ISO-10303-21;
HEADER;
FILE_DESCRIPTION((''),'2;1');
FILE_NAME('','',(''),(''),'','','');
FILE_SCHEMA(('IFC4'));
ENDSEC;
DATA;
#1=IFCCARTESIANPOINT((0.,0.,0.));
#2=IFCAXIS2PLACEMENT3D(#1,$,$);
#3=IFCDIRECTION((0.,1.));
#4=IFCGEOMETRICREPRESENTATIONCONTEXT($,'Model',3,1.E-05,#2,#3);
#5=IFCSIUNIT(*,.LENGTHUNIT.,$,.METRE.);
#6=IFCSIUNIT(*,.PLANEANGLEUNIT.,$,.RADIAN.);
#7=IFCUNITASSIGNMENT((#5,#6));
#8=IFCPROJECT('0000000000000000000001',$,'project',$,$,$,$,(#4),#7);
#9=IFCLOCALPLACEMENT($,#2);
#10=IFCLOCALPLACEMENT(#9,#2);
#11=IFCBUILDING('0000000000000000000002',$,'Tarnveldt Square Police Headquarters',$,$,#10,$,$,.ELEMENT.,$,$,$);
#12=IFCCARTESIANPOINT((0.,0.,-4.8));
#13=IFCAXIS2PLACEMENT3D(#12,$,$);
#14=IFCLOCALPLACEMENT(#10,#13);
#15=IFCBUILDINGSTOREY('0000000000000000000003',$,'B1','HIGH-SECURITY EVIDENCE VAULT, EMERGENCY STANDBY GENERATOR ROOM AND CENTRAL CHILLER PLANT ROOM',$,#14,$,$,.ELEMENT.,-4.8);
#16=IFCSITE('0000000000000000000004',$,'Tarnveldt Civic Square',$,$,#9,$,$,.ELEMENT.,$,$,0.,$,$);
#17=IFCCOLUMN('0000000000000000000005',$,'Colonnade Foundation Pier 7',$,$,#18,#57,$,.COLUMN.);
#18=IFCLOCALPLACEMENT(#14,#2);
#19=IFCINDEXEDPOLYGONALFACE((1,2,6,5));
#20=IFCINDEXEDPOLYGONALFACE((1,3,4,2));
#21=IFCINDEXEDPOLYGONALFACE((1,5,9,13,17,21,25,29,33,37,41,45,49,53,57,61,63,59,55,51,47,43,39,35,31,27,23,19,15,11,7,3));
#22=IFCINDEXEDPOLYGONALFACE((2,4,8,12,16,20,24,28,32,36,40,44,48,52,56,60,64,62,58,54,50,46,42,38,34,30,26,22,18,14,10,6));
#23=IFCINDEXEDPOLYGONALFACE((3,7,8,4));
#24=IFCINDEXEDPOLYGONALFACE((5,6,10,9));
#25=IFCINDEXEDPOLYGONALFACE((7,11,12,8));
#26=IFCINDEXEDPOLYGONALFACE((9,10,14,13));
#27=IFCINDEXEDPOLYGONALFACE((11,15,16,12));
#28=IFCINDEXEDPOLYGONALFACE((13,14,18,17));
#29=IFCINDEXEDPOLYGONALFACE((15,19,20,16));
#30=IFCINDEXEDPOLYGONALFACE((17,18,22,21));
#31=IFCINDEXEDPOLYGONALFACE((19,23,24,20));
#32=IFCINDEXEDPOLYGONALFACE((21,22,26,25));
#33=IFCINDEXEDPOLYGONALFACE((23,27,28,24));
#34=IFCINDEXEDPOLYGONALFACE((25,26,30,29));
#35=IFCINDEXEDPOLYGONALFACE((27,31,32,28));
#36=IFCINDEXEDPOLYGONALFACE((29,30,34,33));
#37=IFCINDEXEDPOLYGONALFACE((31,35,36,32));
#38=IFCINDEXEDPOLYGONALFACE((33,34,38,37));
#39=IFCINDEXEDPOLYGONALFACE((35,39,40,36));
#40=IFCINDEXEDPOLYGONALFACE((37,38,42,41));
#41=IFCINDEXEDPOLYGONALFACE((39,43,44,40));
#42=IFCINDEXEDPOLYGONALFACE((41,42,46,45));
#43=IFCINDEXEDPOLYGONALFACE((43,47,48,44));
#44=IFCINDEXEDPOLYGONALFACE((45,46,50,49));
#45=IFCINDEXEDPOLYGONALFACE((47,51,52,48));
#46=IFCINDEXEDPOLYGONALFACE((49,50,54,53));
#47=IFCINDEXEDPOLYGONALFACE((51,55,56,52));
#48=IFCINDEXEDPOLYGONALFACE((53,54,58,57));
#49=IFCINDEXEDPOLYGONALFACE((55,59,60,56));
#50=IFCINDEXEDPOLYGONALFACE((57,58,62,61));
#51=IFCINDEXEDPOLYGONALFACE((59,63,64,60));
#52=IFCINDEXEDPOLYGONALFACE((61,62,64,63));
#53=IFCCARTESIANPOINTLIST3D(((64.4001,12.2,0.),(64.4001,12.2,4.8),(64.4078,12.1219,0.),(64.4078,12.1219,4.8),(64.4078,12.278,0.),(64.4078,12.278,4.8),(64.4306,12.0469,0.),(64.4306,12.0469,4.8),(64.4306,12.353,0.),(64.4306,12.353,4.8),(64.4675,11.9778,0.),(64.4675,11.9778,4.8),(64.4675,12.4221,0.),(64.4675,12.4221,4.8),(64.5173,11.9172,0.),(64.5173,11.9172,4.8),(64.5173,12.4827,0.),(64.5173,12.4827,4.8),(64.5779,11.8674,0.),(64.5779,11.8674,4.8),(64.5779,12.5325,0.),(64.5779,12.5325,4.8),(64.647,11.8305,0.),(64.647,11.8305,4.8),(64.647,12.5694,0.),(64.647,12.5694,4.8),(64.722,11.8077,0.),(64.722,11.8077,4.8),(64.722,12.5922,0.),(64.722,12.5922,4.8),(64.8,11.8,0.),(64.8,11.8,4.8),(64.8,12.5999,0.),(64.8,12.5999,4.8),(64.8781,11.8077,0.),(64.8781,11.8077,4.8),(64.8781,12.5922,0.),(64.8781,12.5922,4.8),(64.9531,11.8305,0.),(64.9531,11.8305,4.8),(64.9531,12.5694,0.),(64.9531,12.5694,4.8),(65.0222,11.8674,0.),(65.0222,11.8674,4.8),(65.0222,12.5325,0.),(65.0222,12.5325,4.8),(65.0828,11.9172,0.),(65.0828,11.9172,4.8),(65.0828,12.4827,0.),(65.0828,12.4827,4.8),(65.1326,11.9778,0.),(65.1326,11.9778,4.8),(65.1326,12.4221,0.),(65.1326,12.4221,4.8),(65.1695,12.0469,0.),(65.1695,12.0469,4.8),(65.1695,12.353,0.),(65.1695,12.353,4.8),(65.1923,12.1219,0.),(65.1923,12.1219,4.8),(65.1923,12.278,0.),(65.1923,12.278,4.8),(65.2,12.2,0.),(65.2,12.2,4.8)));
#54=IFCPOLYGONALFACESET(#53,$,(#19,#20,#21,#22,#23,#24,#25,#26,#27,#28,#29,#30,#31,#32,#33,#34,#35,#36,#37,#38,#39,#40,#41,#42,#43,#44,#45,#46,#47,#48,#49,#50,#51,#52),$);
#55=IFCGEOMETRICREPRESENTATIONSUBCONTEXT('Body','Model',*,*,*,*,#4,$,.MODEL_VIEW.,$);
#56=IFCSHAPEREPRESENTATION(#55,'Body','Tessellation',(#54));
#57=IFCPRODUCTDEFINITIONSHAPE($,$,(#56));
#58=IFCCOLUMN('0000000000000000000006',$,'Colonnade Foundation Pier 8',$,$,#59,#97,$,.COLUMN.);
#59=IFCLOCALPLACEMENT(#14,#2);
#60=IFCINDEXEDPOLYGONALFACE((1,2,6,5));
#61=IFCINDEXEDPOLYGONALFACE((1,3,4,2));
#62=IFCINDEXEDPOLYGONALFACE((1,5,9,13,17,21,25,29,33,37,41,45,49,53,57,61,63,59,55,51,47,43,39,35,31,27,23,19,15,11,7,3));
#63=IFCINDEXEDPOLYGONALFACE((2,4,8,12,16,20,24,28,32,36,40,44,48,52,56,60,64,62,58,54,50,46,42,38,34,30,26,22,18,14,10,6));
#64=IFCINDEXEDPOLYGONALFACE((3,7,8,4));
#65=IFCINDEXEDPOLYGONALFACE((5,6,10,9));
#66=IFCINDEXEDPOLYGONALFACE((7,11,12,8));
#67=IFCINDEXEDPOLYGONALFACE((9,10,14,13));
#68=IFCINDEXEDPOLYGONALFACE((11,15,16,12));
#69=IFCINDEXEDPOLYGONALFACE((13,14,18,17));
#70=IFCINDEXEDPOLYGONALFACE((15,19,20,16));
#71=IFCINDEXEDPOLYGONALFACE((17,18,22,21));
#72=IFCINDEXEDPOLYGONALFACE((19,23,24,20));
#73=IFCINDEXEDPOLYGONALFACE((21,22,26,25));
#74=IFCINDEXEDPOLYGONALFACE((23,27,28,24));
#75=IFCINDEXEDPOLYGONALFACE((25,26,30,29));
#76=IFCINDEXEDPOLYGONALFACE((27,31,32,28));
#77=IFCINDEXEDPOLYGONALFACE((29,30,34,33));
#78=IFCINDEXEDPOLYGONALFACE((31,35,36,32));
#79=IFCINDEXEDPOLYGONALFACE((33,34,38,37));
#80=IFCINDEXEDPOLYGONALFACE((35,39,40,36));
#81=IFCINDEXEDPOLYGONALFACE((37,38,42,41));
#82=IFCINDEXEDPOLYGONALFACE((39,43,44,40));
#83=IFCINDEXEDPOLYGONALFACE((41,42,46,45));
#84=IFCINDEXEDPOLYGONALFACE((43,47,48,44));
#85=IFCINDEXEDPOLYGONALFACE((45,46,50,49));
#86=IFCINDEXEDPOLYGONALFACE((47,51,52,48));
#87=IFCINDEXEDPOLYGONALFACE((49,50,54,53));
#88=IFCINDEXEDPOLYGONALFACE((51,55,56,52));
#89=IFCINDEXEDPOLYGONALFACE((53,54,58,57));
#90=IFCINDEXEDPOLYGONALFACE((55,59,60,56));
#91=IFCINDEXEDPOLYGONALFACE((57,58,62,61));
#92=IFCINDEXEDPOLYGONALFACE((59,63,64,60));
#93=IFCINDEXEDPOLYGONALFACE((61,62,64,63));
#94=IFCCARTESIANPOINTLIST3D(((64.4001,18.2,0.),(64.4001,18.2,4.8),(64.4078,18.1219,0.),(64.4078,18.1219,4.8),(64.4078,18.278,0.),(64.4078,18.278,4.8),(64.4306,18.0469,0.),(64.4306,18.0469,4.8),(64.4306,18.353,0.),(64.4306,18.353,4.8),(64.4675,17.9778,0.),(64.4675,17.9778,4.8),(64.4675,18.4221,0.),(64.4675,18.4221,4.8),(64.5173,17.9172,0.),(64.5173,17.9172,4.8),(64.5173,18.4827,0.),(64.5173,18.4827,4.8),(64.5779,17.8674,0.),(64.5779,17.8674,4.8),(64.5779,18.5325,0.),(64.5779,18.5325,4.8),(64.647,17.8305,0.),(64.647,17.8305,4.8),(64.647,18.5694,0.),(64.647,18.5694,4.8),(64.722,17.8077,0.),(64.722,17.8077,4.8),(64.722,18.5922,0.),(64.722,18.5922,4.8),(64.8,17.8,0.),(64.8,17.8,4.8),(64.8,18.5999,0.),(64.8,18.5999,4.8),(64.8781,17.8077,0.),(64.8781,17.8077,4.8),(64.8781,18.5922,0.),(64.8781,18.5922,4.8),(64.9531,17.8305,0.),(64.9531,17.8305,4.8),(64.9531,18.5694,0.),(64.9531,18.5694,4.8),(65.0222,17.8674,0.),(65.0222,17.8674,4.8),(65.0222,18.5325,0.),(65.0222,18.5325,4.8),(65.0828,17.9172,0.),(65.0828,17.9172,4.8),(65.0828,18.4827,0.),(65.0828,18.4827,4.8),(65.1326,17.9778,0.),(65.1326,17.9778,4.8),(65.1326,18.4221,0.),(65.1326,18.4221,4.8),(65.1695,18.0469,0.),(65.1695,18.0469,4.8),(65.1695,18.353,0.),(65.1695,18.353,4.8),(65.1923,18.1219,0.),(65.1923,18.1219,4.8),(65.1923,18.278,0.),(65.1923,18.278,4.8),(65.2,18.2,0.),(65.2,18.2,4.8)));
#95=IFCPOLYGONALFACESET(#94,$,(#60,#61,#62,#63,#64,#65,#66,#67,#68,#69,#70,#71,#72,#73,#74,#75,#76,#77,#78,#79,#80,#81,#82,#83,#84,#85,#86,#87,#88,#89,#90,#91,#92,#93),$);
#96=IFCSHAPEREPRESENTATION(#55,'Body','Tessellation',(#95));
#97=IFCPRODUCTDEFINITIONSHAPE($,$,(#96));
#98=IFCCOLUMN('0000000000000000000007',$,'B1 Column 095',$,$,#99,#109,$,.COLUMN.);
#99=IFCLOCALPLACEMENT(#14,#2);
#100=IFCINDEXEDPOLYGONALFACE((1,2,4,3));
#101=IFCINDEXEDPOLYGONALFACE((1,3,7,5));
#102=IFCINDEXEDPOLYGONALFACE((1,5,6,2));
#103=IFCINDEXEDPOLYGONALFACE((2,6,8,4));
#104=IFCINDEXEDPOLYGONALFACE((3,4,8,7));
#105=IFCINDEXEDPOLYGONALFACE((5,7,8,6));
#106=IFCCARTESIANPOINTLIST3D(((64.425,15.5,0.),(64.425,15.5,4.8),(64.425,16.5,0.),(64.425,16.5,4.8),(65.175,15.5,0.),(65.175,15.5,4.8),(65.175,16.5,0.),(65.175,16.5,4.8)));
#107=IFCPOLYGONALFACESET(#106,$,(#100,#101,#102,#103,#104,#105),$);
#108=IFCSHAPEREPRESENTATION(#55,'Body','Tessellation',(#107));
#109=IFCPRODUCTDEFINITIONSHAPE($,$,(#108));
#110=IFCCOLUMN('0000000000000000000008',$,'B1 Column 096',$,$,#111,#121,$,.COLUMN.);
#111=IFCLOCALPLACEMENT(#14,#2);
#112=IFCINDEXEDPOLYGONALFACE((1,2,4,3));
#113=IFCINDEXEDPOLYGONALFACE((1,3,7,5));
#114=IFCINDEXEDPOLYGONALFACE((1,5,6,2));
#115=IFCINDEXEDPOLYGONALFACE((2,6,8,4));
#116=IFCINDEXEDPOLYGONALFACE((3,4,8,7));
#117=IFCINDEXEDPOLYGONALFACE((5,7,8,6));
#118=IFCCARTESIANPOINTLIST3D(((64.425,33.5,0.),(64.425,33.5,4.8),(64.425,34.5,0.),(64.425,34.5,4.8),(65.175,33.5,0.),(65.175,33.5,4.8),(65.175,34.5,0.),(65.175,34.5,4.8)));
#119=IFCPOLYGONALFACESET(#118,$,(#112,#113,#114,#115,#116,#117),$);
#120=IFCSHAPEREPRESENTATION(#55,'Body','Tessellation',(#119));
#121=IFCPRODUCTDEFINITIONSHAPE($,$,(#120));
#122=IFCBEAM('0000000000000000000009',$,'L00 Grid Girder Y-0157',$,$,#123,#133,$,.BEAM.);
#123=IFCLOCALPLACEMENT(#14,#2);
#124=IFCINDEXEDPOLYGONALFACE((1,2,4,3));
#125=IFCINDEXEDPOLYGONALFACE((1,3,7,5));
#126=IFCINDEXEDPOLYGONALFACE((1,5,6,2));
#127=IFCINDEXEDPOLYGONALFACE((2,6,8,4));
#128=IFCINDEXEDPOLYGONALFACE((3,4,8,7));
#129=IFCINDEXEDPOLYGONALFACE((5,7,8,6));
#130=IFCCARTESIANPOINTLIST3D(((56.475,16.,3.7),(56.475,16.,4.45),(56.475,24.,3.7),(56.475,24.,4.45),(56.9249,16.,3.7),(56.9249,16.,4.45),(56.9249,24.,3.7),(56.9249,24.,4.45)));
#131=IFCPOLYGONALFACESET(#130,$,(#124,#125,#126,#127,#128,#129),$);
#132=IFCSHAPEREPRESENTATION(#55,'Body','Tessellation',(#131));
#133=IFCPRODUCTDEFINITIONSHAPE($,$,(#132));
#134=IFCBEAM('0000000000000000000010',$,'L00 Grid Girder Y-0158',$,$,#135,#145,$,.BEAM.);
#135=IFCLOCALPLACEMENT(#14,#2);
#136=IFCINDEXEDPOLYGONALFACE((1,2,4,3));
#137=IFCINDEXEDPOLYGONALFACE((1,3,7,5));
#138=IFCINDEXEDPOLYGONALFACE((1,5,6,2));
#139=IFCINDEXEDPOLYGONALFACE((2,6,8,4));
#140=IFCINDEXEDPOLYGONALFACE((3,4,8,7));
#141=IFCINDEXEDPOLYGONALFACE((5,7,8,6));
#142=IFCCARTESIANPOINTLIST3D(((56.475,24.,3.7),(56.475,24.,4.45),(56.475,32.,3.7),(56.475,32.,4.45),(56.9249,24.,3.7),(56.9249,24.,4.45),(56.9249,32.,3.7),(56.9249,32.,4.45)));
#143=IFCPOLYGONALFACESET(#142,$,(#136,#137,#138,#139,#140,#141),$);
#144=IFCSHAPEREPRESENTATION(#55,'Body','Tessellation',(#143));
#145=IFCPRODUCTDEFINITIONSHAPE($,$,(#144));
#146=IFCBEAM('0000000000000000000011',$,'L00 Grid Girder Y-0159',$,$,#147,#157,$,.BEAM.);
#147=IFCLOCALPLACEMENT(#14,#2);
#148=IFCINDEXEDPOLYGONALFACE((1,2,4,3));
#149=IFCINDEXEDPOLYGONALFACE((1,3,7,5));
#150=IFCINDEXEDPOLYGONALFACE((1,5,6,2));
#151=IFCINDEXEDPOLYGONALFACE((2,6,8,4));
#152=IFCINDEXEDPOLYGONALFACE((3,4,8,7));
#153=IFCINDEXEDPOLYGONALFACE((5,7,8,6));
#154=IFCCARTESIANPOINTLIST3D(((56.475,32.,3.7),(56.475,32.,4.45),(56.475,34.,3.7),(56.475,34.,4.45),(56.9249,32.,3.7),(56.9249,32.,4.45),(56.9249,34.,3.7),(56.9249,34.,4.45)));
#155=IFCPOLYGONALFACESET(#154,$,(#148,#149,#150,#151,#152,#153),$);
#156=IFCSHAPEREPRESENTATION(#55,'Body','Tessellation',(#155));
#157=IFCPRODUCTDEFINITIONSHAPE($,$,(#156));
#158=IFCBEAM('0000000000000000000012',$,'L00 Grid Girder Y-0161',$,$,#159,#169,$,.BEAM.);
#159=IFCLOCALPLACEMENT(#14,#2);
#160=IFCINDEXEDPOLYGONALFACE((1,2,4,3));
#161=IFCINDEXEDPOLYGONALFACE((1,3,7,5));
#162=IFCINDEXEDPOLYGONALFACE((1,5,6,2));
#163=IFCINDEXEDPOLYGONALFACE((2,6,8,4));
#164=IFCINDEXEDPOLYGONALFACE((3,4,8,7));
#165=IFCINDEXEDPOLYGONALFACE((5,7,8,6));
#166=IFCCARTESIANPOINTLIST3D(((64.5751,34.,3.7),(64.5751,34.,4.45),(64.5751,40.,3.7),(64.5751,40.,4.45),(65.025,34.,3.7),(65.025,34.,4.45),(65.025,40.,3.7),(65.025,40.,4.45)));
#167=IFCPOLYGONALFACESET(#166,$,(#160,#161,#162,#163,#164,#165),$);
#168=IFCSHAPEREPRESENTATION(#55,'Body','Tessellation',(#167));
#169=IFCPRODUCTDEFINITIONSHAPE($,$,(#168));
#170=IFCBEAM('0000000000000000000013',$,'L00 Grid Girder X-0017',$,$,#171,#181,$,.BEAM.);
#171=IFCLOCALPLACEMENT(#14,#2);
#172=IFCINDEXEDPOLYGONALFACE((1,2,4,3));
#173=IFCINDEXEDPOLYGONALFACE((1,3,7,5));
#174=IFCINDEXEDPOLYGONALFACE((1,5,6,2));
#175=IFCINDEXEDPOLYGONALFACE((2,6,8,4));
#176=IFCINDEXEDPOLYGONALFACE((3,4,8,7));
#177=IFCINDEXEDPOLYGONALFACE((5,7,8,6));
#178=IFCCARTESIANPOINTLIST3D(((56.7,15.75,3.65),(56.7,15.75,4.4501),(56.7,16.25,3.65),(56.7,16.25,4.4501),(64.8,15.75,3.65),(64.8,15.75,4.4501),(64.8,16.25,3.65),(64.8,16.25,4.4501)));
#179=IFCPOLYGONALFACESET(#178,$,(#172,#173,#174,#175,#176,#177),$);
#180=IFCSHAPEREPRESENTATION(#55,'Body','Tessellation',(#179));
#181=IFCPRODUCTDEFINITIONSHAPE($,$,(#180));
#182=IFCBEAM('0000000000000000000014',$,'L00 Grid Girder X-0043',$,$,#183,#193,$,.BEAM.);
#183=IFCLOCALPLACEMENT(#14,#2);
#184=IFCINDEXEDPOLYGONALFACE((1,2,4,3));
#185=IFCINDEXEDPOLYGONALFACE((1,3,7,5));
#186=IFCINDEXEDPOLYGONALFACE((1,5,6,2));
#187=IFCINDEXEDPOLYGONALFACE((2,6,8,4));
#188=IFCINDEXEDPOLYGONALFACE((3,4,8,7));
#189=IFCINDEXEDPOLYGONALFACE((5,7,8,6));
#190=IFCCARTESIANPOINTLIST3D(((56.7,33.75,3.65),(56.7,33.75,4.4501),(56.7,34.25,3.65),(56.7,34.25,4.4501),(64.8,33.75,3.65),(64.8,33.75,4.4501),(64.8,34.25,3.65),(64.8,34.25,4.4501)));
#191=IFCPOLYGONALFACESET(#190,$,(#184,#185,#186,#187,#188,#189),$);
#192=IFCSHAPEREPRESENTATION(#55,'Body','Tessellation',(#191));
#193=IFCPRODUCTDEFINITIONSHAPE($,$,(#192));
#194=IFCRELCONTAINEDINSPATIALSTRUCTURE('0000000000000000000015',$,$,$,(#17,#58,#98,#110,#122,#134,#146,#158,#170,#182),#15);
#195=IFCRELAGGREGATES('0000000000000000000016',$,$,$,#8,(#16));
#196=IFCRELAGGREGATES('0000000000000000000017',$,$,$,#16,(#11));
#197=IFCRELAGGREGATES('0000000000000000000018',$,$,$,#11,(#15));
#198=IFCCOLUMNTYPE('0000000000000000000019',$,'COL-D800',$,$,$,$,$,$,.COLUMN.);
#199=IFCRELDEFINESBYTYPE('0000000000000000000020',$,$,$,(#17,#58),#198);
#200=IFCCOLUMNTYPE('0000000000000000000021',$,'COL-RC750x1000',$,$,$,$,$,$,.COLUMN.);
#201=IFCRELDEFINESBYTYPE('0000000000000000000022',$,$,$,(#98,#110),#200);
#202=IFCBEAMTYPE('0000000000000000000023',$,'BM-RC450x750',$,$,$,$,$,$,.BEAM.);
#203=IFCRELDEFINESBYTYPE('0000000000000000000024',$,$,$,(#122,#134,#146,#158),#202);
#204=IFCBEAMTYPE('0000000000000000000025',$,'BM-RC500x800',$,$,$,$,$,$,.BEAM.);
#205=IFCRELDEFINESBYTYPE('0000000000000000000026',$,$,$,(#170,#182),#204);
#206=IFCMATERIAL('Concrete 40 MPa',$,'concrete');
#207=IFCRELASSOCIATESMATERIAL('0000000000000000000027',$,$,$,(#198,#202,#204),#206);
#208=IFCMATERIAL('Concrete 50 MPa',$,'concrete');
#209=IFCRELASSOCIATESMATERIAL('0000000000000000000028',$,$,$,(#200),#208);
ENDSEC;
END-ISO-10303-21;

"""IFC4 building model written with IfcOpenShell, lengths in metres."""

from ifc_helpers import new_model, si_unit, direction, frame, origin, origin_2d, place, context, subcontext, project, spatial, rectangle, circle, extrude, material, material_profile, profile_set, type_object, element, save


model = new_model("IFC4")

# Units and contexts
model_context = context("Model", 3, precision=1e-05, world=origin(), true_north=direction((0.0, 1.0)))
body_context = subcontext(model_context, "Body", "Model", "MODEL_VIEW")
ifc_project = project(units=[si_unit("LENGTHUNIT", "METRE"), si_unit("PLANEANGLEUNIT", "RADIAN")], contexts=[model_context])

# Site, building, storey
site_placement = place(None, origin())
site = spatial("IfcSite", under=ifc_project, at=site_placement, Name="Tarnveldt Civic Square", CompositionType="ELEMENT", RefElevation=0.0)
building_placement = place(site_placement, origin())
building = spatial("IfcBuilding", under=site, at=building_placement, Name="Tarnveldt Square Police Headquarters", CompositionType="ELEMENT")
storey_placement = place(building_placement, frame((0.0, 0.0, -4.8)))
storey = spatial("IfcBuildingStorey", under=building, at=storey_placement, Name="B1", Description="HIGH-SECURITY EVIDENCE VAULT, EMERGENCY STANDBY GENERATOR ROOM AND CENTRAL CHILLER PLANT ROOM", CompositionType="ELEMENT", Elevation=-4.8)

# Shared definitions
ifc_material_1 = material(Name="Concrete 40 MPa", Category="concrete")

# Columns
ifc_material_profile_1 = material_profile(ifc_material_1, circle(Radius=0.3999, at=origin_2d()), Name="RC-D800")
ifc_profile_set_1 = profile_set([ifc_material_profile_1], Name="Concrete 40 MPa")
column_type_1 = type_object("IfcColumnType", Name="COL-D800", PredefinedType="COLUMN", material=ifc_profile_set_1)
for number, where, z_axis, x_axis, name in (
    (1, (64.8, 12.2, 0.0), (0.0, 0.0, 1.0), (1.0, 0.0, 0.0), "Colonnade Foundation Pier 7"),
    (2, (64.8, 18.2, 0.0), (0.0, 0.0, 1.0), (1.0, 0.0, 0.0), "Colonnade Foundation Pier 8"),
):
    element("IfcColumn", number, at=place(storey_placement, frame(where, z_axis=z_axis, x_axis=x_axis)), inside=storey, type_object=column_type_1, Name=name, PredefinedType="COLUMN", context=body_context, shape_type="SweptSolid", body=[
        extrude(circle(Radius=0.3999, at=origin_2d()), origin(), (0.0, 0.0, 1.0), 4.8),
    ])
ifc_material_2 = material(Name="Concrete 50 MPa", Category="concrete")
ifc_material_profile_2 = material_profile(ifc_material_2, rectangle(XDim=0.75, YDim=1.0, at=origin_2d()), Name="RC-C750x1000")
ifc_profile_set_2 = profile_set([ifc_material_profile_2], Name="Concrete 50 MPa")
column_type_2 = type_object("IfcColumnType", Name="COL-RC750x1000", PredefinedType="COLUMN", material=ifc_profile_set_2)
for number, where, z_axis, x_axis, name in (
    (3, (64.8, 16.0, 0.0), (0.0, 0.0, 1.0), (1.0, 0.0, 0.0), "B1 Column 095"),
    (4, (64.8, 34.0, 0.0), (0.0, 0.0, 1.0), (1.0, 0.0, 0.0), "B1 Column 096"),
):
    element("IfcColumn", number, at=place(storey_placement, frame(where, z_axis=z_axis, x_axis=x_axis)), inside=storey, type_object=column_type_2, Name=name, PredefinedType="COLUMN", context=body_context, shape_type="SweptSolid", body=[
        extrude(rectangle(XDim=0.75, YDim=1.0, at=origin_2d()), origin(), (0.0, 0.0, 1.0), 4.8),
    ])

# Beams
ifc_material_profile_3 = material_profile(ifc_material_1, rectangle(XDim=0.45, YDim=0.75, at=origin_2d()), Name="RC-B450x750")
ifc_profile_set_3 = profile_set([ifc_material_profile_3], Name="Concrete 40 MPa")
beam_type_1 = type_object("IfcBeamType", Name="BM-RC450x750", PredefinedType="BEAM", material=ifc_profile_set_3)
for number, where, z_axis, x_axis, name in (
    (5, (56.7, 16.0, 4.075), (0.0, 1.0, 0.0), (-1.0, 0.0, 0.0), "L00 Grid Girder Y-0157"),
    (6, (56.7, 24.0, 4.075), (0.0, 1.0, 0.0), (-1.0, 0.0, 0.0), "L00 Grid Girder Y-0158"),
):
    element("IfcBeam", number, at=place(storey_placement, frame(where, z_axis=z_axis, x_axis=x_axis)), inside=storey, type_object=beam_type_1, Name=name, PredefinedType="BEAM", context=body_context, shape_type="SweptSolid", body=[
        extrude(rectangle(XDim=0.45, YDim=0.75, at=origin_2d()), origin(), (0.0, 0.0, 1.0), 8.0),
    ])
beam_1_placement = place(storey_placement, frame((56.7, 32.0, 4.075), z_axis=(0.0, 1.0, 0.0), x_axis=(-1.0, 0.0, 0.0)))
element("IfcBeam", 7, at=beam_1_placement, inside=storey, type_object=beam_type_1, Name="L00 Grid Girder Y-0159", PredefinedType="BEAM", context=body_context, shape_type="SweptSolid", body=[
    extrude(rectangle(XDim=0.45, YDim=0.75, at=origin_2d()), origin(), (0.0, 0.0, 1.0), 2.0),
])
beam_2_placement = place(storey_placement, frame((64.8, 34.0, 4.075), z_axis=(0.0, 1.0, 0.0), x_axis=(-1.0, 0.0, 0.0)))
element("IfcBeam", 8, at=beam_2_placement, inside=storey, type_object=beam_type_1, Name="L00 Grid Girder Y-0161", PredefinedType="BEAM", context=body_context, shape_type="SweptSolid", body=[
    extrude(rectangle(XDim=0.45, YDim=0.75, at=origin_2d()), origin(), (0.0, 0.0, 1.0), 6.0),
])
ifc_material_profile_4 = material_profile(ifc_material_1, rectangle(XDim=0.5, YDim=0.8, at=origin_2d()), Name="RC-B500x800")
ifc_profile_set_4 = profile_set([ifc_material_profile_4], Name="Concrete 40 MPa")
beam_type_2 = type_object("IfcBeamType", Name="BM-RC500x800", PredefinedType="BEAM", material=ifc_profile_set_4)
for number, where, z_axis, x_axis, name in (
    (9, (56.7, 16.0, 4.05), (1.0, 0.0, 0.0), (0.0, 1.0, 0.0), "L00 Grid Girder X-0017"),
    (10, (56.7, 34.0, 4.05), (1.0, 0.0, 0.0), (0.0, 1.0, 0.0), "L00 Grid Girder X-0043"),
):
    element("IfcBeam", number, at=place(storey_placement, frame(where, z_axis=z_axis, x_axis=x_axis)), inside=storey, type_object=beam_type_2, Name=name, PredefinedType="BEAM", context=body_context, shape_type="SweptSolid", body=[
        extrude(rectangle(XDim=0.5, YDim=0.8, at=origin_2d()), origin(), (0.0, 0.0, 1.0), 8.1001),
    ])

save(model, "model.ifc")
